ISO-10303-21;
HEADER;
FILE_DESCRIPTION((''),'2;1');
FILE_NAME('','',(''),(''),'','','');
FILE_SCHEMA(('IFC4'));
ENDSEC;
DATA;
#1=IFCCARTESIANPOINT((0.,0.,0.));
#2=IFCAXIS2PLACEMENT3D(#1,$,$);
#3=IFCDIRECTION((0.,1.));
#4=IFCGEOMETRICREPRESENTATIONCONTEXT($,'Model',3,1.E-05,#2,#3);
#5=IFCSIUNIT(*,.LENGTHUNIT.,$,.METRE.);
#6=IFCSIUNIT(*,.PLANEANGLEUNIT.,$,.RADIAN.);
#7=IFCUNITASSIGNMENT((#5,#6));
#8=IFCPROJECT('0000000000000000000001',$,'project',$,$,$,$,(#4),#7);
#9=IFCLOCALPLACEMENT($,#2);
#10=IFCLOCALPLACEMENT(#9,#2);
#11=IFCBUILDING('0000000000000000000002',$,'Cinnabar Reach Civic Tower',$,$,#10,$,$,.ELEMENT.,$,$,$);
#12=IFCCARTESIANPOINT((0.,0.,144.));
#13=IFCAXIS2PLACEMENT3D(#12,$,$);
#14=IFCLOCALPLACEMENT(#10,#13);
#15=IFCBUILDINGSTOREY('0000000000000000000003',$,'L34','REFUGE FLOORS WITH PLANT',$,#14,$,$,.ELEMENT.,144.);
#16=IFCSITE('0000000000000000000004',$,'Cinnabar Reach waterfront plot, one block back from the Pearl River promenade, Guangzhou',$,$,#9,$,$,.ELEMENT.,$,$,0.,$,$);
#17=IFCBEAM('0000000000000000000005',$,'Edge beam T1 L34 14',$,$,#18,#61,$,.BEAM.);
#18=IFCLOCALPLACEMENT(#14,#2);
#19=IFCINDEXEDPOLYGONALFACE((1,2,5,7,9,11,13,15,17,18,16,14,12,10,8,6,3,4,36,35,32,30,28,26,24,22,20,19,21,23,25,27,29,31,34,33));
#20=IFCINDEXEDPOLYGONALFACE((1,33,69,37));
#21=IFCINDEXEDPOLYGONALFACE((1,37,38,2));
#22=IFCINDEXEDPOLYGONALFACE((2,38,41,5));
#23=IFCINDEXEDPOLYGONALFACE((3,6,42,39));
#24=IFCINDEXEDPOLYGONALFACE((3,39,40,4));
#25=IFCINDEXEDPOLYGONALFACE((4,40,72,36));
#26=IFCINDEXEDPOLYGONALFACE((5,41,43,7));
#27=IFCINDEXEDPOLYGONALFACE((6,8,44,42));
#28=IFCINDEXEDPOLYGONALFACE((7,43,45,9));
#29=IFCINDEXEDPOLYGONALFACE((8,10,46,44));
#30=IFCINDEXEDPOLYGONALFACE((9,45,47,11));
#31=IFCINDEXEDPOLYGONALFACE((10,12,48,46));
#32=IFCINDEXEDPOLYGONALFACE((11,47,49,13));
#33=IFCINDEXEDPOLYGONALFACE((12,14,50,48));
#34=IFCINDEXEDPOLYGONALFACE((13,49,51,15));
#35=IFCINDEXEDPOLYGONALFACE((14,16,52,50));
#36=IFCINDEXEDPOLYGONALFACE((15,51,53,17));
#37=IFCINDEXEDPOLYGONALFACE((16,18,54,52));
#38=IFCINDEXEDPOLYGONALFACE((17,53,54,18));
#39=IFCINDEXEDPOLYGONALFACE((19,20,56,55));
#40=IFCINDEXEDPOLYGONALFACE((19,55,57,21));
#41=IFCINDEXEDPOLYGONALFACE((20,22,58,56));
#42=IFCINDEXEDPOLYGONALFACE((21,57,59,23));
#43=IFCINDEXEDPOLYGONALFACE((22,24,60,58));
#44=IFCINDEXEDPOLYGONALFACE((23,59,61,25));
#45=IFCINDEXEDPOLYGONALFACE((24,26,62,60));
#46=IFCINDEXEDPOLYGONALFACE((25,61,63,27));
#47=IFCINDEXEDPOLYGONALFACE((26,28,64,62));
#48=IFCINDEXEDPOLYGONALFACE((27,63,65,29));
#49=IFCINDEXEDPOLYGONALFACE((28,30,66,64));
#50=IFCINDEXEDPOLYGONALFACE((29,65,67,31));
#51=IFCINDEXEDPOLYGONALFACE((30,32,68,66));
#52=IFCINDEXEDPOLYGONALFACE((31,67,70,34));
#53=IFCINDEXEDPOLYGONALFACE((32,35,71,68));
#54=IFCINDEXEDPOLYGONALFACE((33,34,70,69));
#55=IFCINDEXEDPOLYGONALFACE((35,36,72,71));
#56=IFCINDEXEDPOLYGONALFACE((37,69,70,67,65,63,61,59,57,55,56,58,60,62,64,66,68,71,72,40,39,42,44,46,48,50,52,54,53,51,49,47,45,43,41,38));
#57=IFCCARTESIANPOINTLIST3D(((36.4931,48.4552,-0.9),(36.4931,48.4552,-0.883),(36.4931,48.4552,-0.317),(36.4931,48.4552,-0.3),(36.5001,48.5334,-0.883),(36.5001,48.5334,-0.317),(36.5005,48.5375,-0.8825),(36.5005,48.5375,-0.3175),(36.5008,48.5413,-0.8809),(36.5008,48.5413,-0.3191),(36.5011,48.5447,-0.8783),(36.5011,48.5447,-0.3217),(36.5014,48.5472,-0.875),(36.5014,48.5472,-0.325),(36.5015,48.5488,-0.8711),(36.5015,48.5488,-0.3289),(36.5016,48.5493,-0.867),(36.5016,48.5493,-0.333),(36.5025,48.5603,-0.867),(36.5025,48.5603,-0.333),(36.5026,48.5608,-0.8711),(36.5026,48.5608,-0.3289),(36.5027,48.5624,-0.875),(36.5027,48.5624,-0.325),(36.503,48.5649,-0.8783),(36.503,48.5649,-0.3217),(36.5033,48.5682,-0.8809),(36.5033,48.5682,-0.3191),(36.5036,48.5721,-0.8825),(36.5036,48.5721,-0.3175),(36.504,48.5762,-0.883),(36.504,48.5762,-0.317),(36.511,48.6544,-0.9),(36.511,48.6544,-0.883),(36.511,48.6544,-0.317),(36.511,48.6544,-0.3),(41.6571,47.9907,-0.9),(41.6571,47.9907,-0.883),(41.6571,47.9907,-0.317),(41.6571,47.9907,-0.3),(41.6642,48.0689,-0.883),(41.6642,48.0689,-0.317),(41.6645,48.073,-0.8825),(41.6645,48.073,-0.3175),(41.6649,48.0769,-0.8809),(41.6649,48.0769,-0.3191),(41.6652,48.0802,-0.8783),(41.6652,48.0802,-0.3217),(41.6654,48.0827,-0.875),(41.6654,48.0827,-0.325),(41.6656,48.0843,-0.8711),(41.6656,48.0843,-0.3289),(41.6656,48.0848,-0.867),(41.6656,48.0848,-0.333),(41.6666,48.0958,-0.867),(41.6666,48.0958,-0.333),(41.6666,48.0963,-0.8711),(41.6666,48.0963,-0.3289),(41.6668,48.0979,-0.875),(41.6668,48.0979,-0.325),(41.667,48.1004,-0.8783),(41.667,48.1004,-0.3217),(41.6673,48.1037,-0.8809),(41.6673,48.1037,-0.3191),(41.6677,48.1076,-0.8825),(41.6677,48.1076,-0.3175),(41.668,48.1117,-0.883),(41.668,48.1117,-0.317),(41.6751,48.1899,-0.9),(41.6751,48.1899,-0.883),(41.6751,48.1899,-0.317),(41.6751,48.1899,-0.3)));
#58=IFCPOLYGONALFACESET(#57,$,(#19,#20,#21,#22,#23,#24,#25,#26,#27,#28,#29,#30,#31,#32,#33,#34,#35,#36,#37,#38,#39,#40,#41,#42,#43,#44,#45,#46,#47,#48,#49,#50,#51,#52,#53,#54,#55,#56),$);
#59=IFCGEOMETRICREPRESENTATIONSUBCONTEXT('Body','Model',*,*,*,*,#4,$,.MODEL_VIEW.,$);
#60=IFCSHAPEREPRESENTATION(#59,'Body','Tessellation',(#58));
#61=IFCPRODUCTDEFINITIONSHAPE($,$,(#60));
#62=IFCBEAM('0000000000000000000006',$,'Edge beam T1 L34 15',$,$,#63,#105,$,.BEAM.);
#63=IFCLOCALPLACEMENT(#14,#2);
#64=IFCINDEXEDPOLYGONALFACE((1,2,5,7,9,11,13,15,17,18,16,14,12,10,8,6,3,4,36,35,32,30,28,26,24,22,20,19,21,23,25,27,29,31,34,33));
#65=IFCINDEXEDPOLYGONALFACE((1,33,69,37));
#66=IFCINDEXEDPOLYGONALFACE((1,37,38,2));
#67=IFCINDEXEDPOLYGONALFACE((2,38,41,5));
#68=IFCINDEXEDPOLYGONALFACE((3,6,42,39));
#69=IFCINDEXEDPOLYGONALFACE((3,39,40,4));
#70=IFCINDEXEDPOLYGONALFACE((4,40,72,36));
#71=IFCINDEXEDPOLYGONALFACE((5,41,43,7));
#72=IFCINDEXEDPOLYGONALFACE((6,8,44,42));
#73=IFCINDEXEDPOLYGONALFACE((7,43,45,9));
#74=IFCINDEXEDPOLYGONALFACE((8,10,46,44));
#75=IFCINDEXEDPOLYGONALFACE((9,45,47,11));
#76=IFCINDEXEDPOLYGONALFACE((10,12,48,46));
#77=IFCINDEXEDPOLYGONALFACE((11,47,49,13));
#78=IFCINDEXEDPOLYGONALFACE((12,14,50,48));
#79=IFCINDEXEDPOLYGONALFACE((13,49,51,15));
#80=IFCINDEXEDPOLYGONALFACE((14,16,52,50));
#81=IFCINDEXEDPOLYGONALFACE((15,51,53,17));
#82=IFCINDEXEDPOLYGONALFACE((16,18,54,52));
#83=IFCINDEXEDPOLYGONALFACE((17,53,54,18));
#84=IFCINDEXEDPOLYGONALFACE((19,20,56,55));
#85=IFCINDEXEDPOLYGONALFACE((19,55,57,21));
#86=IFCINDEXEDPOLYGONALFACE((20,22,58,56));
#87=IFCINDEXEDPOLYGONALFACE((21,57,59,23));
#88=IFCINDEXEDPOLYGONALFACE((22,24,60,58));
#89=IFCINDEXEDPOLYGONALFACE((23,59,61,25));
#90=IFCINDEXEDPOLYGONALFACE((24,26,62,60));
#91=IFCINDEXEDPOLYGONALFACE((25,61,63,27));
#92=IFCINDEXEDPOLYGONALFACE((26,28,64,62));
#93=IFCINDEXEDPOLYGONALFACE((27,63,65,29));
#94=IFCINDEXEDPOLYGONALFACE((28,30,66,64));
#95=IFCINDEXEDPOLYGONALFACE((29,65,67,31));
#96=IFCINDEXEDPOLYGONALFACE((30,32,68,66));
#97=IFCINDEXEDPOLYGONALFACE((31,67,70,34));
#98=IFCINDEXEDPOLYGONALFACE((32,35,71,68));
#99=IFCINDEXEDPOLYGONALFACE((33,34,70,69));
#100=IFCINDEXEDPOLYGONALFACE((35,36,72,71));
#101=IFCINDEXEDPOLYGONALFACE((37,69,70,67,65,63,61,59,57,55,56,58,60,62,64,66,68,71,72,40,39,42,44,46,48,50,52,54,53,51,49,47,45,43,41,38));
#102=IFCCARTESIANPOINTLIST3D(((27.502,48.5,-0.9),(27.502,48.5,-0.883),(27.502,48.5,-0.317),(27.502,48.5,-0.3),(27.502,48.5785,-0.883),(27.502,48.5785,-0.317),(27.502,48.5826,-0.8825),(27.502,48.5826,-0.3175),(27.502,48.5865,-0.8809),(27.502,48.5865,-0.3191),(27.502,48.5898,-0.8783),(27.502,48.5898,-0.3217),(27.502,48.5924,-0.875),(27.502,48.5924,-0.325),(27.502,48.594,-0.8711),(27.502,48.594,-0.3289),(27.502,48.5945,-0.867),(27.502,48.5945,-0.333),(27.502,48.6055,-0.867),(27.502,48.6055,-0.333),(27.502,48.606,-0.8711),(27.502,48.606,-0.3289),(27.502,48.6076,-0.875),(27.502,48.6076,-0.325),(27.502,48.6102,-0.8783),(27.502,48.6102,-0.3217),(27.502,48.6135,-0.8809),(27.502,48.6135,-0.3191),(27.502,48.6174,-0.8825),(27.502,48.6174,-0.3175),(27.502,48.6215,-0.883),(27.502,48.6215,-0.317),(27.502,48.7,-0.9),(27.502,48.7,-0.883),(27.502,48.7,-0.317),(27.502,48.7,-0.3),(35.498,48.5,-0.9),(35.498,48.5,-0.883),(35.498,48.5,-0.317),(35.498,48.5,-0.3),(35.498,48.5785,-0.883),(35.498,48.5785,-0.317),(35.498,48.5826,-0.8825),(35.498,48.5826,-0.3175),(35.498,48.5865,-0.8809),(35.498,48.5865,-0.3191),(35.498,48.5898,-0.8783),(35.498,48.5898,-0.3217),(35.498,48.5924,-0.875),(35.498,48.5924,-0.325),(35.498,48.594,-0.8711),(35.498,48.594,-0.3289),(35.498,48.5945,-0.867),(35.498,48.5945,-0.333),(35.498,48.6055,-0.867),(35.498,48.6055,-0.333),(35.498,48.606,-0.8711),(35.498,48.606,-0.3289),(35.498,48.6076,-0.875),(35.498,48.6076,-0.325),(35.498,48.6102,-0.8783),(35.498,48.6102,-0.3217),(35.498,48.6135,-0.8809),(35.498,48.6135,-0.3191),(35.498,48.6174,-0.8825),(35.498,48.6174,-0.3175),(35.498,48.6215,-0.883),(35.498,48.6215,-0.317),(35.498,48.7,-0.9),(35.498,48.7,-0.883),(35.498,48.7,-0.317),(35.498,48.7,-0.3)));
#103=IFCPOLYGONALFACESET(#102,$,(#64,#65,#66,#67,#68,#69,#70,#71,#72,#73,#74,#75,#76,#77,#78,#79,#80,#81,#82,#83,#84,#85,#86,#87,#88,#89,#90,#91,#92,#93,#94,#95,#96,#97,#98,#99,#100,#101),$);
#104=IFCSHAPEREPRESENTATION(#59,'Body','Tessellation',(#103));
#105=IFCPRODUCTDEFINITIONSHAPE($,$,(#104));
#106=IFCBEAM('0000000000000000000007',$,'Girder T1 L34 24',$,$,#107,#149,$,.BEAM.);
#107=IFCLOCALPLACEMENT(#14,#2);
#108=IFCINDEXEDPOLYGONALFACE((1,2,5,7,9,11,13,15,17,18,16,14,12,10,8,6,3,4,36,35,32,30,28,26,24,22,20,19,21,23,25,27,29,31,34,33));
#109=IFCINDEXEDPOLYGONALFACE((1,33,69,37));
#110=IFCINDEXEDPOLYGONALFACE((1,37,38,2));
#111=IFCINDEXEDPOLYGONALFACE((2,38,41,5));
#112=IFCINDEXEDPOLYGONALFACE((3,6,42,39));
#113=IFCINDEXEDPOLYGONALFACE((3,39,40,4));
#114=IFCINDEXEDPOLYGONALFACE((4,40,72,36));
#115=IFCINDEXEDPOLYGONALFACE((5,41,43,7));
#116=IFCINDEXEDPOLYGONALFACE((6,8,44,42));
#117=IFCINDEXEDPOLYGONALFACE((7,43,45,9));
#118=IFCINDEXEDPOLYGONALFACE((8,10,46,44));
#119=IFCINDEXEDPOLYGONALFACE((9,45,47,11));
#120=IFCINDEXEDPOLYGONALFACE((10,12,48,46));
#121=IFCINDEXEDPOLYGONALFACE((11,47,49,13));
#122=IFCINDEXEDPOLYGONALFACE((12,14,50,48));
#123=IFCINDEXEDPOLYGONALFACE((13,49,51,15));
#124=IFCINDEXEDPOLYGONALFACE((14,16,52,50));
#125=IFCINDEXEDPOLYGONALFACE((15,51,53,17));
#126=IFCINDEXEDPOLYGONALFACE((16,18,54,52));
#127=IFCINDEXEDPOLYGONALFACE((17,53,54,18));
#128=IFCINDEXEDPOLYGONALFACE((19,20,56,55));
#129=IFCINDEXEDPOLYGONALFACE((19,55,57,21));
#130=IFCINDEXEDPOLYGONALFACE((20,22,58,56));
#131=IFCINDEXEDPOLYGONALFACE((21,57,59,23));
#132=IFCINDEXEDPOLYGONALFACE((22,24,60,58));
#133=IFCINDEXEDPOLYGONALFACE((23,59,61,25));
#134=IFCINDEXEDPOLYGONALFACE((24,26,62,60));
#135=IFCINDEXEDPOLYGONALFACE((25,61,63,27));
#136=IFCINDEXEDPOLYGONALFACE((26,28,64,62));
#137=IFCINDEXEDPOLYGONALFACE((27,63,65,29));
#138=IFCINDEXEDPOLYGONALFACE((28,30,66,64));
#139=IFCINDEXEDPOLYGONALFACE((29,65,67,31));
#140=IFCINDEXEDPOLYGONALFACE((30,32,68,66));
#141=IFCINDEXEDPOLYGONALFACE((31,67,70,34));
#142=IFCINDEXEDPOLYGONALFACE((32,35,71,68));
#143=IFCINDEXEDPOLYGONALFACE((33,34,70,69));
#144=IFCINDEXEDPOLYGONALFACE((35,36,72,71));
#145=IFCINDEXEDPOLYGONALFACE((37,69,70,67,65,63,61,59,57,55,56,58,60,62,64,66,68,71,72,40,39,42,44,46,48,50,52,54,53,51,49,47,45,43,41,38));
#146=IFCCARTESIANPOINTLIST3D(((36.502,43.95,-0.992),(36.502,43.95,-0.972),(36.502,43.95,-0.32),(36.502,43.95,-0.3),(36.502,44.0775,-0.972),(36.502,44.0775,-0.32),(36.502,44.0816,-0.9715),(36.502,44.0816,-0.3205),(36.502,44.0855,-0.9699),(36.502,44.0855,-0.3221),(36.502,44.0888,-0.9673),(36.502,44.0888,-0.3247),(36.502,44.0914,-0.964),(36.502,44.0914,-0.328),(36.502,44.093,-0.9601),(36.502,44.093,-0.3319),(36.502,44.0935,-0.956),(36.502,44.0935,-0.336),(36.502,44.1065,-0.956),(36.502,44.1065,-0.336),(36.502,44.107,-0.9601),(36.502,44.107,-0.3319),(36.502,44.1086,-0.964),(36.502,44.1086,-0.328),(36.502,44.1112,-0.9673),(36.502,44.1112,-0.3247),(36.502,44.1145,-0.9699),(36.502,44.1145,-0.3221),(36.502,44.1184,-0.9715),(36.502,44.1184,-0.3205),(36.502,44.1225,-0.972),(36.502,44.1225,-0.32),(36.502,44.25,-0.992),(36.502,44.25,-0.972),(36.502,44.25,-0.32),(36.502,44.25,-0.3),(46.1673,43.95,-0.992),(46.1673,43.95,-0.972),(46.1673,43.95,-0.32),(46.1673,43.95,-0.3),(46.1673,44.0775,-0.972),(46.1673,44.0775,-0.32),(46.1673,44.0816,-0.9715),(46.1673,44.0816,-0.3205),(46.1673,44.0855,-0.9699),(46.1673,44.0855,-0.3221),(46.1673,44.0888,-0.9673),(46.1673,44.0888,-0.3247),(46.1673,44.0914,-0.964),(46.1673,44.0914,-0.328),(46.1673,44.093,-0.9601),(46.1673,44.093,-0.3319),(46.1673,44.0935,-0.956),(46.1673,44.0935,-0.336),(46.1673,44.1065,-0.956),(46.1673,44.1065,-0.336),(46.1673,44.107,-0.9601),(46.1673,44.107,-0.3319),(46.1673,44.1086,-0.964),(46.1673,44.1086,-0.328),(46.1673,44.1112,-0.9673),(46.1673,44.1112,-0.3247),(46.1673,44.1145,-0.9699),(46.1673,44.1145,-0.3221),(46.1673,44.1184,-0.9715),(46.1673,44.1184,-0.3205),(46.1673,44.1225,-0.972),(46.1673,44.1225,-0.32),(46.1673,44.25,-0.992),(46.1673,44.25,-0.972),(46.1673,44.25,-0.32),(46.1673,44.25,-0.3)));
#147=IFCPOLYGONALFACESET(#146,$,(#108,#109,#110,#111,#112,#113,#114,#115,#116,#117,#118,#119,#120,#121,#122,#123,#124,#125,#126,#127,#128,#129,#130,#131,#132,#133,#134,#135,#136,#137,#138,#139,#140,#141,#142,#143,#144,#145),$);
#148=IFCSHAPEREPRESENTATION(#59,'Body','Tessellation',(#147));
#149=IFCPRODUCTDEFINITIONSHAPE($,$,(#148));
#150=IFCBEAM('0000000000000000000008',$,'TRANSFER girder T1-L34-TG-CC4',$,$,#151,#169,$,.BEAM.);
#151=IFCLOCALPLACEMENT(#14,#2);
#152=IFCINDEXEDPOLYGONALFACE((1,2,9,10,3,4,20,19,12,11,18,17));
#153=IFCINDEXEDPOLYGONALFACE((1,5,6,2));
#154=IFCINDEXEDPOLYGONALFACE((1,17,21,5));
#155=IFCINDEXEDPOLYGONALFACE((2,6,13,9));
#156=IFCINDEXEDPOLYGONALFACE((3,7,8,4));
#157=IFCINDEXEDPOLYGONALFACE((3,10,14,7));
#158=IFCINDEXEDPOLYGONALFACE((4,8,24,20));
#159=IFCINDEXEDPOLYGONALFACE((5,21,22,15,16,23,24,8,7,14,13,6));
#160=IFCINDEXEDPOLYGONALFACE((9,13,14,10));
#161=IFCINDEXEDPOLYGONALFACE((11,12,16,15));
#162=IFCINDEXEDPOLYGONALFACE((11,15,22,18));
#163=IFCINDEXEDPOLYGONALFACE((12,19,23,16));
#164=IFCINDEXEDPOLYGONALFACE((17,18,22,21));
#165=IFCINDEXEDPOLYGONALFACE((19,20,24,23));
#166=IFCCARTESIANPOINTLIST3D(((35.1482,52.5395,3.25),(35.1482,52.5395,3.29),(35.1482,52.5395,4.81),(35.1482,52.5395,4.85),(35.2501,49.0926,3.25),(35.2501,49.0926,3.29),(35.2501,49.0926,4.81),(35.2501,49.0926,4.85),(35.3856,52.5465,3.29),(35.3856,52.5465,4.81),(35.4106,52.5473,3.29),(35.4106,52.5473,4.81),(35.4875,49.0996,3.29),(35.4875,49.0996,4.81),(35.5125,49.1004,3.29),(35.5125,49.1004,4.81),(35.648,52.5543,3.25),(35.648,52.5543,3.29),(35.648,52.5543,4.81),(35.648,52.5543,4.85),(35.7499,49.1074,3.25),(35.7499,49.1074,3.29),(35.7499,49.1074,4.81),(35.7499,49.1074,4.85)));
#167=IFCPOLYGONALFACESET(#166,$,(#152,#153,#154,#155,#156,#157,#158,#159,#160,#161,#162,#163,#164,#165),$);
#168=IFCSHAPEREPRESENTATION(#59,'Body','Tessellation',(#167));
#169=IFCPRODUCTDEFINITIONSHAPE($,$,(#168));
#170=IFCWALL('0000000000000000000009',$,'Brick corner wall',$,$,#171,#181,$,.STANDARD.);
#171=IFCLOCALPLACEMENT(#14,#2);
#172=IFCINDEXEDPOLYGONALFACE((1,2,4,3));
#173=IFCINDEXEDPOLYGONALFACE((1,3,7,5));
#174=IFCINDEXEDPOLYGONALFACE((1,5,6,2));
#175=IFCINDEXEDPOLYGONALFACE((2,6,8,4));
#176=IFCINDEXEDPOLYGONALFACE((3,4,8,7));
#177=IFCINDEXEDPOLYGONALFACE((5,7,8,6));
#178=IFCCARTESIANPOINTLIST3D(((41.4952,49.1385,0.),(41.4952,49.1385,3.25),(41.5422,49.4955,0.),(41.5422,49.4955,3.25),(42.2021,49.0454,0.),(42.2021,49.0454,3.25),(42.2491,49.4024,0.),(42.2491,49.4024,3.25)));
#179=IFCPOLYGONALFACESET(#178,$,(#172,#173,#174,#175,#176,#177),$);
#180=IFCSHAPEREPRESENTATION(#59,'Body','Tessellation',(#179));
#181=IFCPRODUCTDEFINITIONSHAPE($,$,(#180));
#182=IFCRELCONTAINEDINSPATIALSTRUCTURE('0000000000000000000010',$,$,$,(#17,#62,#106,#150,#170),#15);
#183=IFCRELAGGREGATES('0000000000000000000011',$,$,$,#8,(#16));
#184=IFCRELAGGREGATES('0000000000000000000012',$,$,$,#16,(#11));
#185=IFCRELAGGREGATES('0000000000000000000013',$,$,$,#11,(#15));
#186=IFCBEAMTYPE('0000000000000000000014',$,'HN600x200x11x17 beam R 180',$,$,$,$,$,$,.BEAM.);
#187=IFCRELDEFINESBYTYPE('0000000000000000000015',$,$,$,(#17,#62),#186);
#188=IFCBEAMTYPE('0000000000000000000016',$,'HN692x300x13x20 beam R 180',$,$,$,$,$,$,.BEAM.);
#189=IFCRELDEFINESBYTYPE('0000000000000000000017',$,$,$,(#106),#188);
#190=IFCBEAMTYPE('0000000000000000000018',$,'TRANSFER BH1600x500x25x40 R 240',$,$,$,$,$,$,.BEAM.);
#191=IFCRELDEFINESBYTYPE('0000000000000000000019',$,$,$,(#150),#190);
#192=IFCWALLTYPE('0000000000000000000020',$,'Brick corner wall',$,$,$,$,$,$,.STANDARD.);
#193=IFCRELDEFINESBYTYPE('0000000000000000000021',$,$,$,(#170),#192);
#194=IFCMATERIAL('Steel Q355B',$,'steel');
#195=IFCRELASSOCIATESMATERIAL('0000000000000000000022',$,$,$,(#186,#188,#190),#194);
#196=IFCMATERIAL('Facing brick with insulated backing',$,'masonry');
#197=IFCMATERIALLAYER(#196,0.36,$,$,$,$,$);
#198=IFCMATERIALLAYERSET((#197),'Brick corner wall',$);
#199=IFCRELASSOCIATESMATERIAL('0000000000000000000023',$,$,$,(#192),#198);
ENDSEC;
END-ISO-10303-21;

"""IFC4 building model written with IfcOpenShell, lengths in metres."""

from ifc_helpers import new_model, si_unit, direction, frame, frame_2d, origin, origin_2d, place, context, subcontext, project, spatial, rectangle, i_section, extrude, material, layer, layer_set, material_profile, profile_set, type_object, element, save


model = new_model("IFC4")

# Units and contexts
model_context = context("Model", 3, precision=1e-05, world=origin(), true_north=direction((0.0, 1.0)))
body_context = subcontext(model_context, "Body", "Model", "MODEL_VIEW")
ifc_project = project(units=[si_unit("LENGTHUNIT", "METRE"), si_unit("PLANEANGLEUNIT", "RADIAN")], contexts=[model_context])

# Site, building, storey
site_placement = place(None, origin())
site = spatial("IfcSite", under=ifc_project, at=site_placement, Name="Cinnabar Reach waterfront plot, one block back from the Pearl River promenade, Guangzhou", CompositionType="ELEMENT", RefElevation=0.0)
building_placement = place(site_placement, origin())
building = spatial("IfcBuilding", under=site, at=building_placement, Name="Cinnabar Reach Civic Tower", CompositionType="ELEMENT")
storey_placement = place(building_placement, frame((0.0, 0.0, 144.0)))
storey = spatial("IfcBuildingStorey", under=building, at=storey_placement, Name="L34", Description="REFUGE FLOORS WITH PLANT", CompositionType="ELEMENT", Elevation=144.0)

# Beams
ifc_material_1 = material(Name="Steel Q355B", Category="steel")
ifc_material_profile_1 = material_profile(ifc_material_1, i_section(OverallWidth=0.2, OverallDepth=0.6, WebThickness=0.011, FlangeThickness=0.017, FilletRadius=0.016, at=origin_2d()), Name="HN600x200x11x17")
ifc_profile_set_1 = profile_set([ifc_material_profile_1], Name="Steel Q355B")
beam_type_1 = type_object("IfcBeamType", Name="HN600x200x11x17 beam R 180", PredefinedType="BEAM", material=ifc_profile_set_1)
beam_1_placement = place(storey_placement, frame((41.6661, 48.0903, -0.6), z_axis=(-0.995979, 0.089586, 0.0), x_axis=(-0.089586, -0.995979, 0.0)))
element("IfcBeam", 1, at=beam_1_placement, inside=storey, type_object=beam_type_1, Name="Edge beam T1 L34 14", PredefinedType="BEAM", context=body_context, shape_type="SweptSolid", body=[
    extrude(i_section(OverallWidth=0.2, OverallDepth=0.6, WebThickness=0.011, FlangeThickness=0.017, FilletRadius=0.016, at=origin_2d()), origin(), (0.0, 0.0, 1.0), 5.1849),
])
beam_2_placement = place(storey_placement, frame((35.498, 48.6, -0.6), z_axis=(-1.0, 0.0, 0.0), x_axis=(0.0, -1.0, 0.0)))
element("IfcBeam", 2, at=beam_2_placement, inside=storey, type_object=beam_type_1, Name="Edge beam T1 L34 15", PredefinedType="BEAM", context=body_context, shape_type="SweptSolid", body=[
    extrude(i_section(OverallWidth=0.2, OverallDepth=0.6, WebThickness=0.011, FlangeThickness=0.017, FilletRadius=0.016, at=origin_2d()), origin(), (0.0, 0.0, 1.0), 7.996),
])
ifc_material_profile_2 = material_profile(ifc_material_1, i_section(OverallWidth=0.3, OverallDepth=0.692, WebThickness=0.013, FlangeThickness=0.02, FilletRadius=0.016, at=origin_2d()), Name="HN692x300x13x20")
ifc_profile_set_2 = profile_set([ifc_material_profile_2], Name="Steel Q355B")
beam_type_2 = type_object("IfcBeamType", Name="HN692x300x13x20 beam R 180", PredefinedType="BEAM", material=ifc_profile_set_2)
beam_3_placement = place(storey_placement, frame((36.502, 44.1, -0.646), z_axis=(1.0, 0.0, 0.0), x_axis=(0.0, 1.0, 0.0)))
element("IfcBeam", 3, at=beam_3_placement, inside=storey, type_object=beam_type_2, Name="Girder T1 L34 24", PredefinedType="BEAM", context=body_context, shape_type="SweptSolid", body=[
    extrude(i_section(OverallWidth=0.3, OverallDepth=0.692, WebThickness=0.013, FlangeThickness=0.02, FilletRadius=0.016, at=origin_2d()), origin(), (0.0, 0.0, 1.0), 9.6653),
])
ifc_material_profile_3 = material_profile(ifc_material_1, i_section(OverallWidth=0.5, OverallDepth=1.6, WebThickness=0.025, FlangeThickness=0.04, at=origin_2d()), Name="BH1600x500x25x40")
ifc_profile_set_3 = profile_set([ifc_material_profile_3], Name="Steel Q355B")
beam_type_3 = type_object("IfcBeamType", Name="TRANSFER BH1600x500x25x40 R 240", PredefinedType="BEAM", material=ifc_profile_set_3)
beam_4_placement = place(storey_placement, frame((35.5, 49.1, 4.05), z_axis=(-0.02955, 0.999563, 0.0), x_axis=(-0.999563, -0.02955, 0.0)))
element("IfcBeam", 4, at=beam_4_placement, inside=storey, type_object=beam_type_3, Name="TRANSFER girder T1-L34-TG-CC4", PredefinedType="BEAM", context=body_context, shape_type="SweptSolid", body=[
    extrude(i_section(OverallWidth=0.5, OverallDepth=1.6, WebThickness=0.025, FlangeThickness=0.04, at=origin_2d()), origin(), (0.0, 0.0, 1.0), 3.4484),
])

# Wall
ifc_material_2 = material(Name="Facing brick with insulated backing", Category="masonry")
ifc_layer_1 = layer(ifc_material_2, 0.36)
ifc_layer_set_1 = layer_set([ifc_layer_1], Name="Brick corner wall")
wall_type_1 = type_object("IfcWallType", Name="Brick corner wall", PredefinedType="STANDARD", material=ifc_layer_set_1)
wall_1_placement = place(storey_placement, frame((42.2256, 49.2239, 0.0), z_axis=(0.0, 0.0, 1.0), x_axis=(-0.991441, 0.130556, 0.0)))
element("IfcWall", 5, at=wall_1_placement, inside=storey, type_object=wall_type_1, Name="Brick corner wall", PredefinedType="STANDARD", context=body_context, shape_type="SweptSolid", body=[
    extrude(rectangle(XDim=0.7131, YDim=0.36, at=frame_2d((0.3565, 0.0))), origin(), (0.0, 0.0, 1.0), 3.25),
])

save(model, "model.ifc")
